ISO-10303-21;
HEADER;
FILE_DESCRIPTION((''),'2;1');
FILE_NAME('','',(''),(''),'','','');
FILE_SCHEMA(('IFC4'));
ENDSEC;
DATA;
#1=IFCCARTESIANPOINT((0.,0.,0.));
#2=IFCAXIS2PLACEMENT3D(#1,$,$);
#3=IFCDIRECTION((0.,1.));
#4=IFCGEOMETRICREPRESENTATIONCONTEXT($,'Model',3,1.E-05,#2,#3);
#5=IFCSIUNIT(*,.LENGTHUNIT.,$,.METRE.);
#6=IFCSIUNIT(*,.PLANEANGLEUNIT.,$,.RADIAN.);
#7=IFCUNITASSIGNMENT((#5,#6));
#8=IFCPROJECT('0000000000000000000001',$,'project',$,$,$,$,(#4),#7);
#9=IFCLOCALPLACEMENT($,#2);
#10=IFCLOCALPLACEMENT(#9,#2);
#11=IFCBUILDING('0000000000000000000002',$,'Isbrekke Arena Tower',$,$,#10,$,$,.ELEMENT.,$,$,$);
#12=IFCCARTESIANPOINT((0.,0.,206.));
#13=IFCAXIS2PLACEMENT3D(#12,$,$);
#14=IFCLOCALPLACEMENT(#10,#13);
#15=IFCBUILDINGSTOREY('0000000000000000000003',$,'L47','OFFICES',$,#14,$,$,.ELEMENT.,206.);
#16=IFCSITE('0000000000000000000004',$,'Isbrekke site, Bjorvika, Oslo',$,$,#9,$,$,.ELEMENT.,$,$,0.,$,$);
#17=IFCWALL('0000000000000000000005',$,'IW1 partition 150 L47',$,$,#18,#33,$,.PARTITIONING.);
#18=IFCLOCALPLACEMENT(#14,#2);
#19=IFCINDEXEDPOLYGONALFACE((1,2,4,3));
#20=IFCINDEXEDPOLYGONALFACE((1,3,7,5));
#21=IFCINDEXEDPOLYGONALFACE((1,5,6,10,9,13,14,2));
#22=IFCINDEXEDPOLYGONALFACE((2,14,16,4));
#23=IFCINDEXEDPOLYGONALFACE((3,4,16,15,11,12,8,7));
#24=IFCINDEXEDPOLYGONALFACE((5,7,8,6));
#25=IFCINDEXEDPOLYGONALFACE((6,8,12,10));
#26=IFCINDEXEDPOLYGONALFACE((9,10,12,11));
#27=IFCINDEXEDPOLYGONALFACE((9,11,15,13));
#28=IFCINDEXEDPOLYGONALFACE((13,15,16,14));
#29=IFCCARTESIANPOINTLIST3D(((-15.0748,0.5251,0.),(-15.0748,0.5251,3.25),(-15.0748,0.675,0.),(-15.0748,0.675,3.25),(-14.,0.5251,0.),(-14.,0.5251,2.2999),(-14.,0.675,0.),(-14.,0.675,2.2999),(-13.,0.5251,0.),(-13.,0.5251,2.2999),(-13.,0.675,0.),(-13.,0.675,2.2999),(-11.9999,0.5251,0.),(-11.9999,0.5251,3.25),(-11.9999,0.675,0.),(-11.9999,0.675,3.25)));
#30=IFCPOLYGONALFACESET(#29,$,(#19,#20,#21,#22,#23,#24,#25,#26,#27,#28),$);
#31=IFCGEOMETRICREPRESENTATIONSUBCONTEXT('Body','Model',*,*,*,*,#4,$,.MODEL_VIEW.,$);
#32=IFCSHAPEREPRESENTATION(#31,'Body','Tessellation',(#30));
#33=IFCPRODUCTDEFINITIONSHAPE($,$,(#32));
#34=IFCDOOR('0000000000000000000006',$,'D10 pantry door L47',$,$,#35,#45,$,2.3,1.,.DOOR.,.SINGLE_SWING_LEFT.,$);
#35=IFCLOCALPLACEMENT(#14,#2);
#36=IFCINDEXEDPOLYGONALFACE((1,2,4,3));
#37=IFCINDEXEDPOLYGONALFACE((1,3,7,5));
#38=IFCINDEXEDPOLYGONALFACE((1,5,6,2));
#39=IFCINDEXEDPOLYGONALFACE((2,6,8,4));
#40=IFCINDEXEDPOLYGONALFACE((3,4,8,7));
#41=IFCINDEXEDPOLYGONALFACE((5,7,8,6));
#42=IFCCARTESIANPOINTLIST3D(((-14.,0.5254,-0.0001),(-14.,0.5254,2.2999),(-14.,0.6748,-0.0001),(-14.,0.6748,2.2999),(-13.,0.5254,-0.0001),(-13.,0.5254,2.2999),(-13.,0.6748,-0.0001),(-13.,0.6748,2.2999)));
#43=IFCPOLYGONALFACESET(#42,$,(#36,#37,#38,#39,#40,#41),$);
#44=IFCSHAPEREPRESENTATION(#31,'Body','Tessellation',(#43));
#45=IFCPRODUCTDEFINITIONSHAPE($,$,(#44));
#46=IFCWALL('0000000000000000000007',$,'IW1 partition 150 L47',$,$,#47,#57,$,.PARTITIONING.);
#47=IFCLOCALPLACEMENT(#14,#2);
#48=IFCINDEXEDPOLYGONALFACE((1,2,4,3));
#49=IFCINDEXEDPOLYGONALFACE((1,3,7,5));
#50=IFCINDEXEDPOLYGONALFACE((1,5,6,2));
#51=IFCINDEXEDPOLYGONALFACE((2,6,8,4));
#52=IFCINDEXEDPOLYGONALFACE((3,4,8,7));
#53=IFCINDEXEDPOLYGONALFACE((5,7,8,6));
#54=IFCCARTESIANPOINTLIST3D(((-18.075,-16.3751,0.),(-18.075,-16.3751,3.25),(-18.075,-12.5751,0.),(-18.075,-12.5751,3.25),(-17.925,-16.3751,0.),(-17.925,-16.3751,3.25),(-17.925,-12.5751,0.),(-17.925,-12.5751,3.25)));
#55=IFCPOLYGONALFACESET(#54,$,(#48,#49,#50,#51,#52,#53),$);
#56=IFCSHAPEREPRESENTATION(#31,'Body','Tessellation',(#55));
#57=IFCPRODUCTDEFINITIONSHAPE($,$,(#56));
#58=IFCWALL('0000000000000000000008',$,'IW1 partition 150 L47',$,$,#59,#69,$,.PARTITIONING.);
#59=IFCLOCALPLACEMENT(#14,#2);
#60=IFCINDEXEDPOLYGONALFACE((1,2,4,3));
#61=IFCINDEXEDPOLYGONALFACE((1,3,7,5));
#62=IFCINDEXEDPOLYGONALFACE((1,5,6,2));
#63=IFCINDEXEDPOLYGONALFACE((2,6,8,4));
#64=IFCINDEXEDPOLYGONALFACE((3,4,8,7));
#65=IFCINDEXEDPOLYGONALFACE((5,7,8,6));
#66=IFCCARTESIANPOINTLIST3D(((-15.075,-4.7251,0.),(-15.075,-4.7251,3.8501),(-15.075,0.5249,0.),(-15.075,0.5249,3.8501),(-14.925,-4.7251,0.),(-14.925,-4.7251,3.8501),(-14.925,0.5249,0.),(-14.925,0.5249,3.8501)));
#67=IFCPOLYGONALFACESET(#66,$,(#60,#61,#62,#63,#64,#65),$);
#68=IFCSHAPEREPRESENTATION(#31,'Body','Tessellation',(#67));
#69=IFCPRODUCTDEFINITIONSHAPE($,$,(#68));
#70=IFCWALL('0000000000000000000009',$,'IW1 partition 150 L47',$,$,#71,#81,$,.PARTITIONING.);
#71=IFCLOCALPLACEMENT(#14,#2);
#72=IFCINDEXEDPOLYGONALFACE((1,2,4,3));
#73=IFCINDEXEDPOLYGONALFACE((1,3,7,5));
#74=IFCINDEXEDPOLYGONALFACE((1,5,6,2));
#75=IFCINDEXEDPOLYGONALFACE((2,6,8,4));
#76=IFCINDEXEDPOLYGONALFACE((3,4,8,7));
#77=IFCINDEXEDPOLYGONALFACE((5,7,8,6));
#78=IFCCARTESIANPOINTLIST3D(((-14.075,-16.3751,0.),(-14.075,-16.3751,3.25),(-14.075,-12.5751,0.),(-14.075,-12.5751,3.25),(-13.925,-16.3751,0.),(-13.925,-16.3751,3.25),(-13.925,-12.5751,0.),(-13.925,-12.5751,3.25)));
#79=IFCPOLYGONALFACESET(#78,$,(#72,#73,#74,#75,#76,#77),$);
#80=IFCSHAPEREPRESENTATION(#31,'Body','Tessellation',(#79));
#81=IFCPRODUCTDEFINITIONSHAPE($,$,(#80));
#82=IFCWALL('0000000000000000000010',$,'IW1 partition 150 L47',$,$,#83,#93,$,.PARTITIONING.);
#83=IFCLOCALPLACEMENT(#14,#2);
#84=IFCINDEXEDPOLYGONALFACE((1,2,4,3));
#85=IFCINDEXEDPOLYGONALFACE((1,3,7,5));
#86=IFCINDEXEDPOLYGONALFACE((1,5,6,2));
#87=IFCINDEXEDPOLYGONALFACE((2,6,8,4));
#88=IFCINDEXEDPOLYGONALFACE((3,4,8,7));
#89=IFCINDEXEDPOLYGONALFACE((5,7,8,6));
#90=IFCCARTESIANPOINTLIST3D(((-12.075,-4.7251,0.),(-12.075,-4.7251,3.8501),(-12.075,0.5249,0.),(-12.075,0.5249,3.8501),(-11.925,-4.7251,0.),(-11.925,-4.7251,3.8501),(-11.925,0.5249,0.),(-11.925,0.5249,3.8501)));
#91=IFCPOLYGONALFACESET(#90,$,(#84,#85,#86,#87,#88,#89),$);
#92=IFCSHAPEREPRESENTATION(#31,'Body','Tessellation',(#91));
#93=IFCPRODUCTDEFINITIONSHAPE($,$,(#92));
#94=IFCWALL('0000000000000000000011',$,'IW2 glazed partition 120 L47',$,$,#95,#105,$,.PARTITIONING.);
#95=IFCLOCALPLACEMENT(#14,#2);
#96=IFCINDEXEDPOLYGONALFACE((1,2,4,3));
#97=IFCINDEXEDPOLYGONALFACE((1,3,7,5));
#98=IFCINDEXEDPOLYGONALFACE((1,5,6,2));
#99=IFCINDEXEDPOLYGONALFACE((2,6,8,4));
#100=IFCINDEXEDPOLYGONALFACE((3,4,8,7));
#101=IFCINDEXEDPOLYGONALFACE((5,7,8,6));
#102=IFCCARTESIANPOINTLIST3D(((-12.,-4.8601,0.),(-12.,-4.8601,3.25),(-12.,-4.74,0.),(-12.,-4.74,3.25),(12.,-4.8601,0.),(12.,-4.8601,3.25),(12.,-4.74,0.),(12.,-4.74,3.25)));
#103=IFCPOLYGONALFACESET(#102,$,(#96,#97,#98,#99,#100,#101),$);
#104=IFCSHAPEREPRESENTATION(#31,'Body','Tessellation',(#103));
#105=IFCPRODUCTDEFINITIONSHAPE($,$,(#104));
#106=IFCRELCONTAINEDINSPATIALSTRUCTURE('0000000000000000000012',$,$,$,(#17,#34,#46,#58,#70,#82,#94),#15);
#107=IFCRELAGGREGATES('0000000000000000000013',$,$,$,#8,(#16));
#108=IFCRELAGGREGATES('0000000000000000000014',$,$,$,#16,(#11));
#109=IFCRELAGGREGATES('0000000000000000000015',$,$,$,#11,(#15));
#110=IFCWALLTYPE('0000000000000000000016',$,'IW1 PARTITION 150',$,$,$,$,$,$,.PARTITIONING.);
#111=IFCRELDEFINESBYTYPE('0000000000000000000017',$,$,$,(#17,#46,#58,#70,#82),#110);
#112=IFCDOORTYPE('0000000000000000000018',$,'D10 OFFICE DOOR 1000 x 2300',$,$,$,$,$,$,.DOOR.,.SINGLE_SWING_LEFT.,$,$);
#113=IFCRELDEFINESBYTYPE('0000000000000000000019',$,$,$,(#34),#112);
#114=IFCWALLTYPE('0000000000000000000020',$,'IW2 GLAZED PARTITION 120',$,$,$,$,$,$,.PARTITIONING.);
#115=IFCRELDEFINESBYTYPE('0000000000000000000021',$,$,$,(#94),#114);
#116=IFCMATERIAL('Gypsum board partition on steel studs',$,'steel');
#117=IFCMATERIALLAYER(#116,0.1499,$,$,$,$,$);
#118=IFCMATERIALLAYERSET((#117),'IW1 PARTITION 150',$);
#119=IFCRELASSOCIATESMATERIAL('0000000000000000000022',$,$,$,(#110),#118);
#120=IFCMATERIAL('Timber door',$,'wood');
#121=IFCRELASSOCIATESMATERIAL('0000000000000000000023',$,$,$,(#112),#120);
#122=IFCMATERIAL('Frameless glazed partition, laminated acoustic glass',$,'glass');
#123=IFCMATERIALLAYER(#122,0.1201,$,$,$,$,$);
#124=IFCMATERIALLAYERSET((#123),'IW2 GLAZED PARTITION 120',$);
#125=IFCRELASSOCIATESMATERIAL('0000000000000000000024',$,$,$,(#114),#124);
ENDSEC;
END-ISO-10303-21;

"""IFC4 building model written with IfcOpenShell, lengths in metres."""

from ifc_helpers import new_model, si_unit, direction, frame, frame_2d, origin, place, context, subcontext, project, spatial, rectangle, extrude, material, layer, layer_set, type_object, element, fill, save


model = new_model("IFC4")

# Units and contexts
model_context = context("Model", 3, precision=1e-05, world=origin(), true_north=direction((0.0, 1.0)))
body_context = subcontext(model_context, "Body", "Model", "MODEL_VIEW")
ifc_project = project(units=[si_unit("LENGTHUNIT", "METRE"), si_unit("PLANEANGLEUNIT", "RADIAN")], contexts=[model_context])

# Site, building, storey
site_placement = place(None, origin())
site = spatial("IfcSite", under=ifc_project, at=site_placement, Name="Isbrekke site, Bjorvika, Oslo", CompositionType="ELEMENT", RefElevation=0.0)
building_placement = place(site_placement, origin())
building = spatial("IfcBuilding", under=site, at=building_placement, Name="Isbrekke Arena Tower", CompositionType="ELEMENT")
storey_placement = place(building_placement, frame((0.0, 0.0, 206.0)))
storey = spatial("IfcBuildingStorey", under=building, at=storey_placement, Name="L47", Description="OFFICES", CompositionType="ELEMENT", Elevation=206.0)

# Shared definitions
ifc_material_1 = material(Name="Gypsum board partition on steel studs", Category="steel")
ifc_layer_1 = layer(ifc_material_1, 0.1499)
ifc_layer_set_1 = layer_set([ifc_layer_1], Name="IW1 PARTITION 150")
wall_type_1 = type_object("IfcWallType", Name="IW1 PARTITION 150", PredefinedType="PARTITIONING", material=ifc_layer_set_1)

# Wall, opening, door
wall_1_placement = place(storey_placement, frame((-15.075, 0.6001, 0.0), z_axis=(0.0, 0.0, 1.0), x_axis=(1.0, 0.0, 0.0)))
wall_1 = element("IfcWall", 1, at=wall_1_placement, inside=storey, type_object=wall_type_1, Name="IW1 partition 150 L47", PredefinedType="PARTITIONING", context=body_context, shape_type="SweptSolid", body=[
    extrude(rectangle(XDim=3.075, YDim=0.1499, at=frame_2d((1.5376, 0.0))), origin(), (0.0, 0.0, 1.0), 3.25),
])
opening_placement = place(wall_1_placement, frame((1.075, 0.0, 0.0)))
opening = element("IfcOpeningElement", 2, at=opening_placement, cuts=wall_1, PredefinedType="OPENING", context=body_context, shape_type="SweptSolid", body=[
    extrude(rectangle(XDim=1.0, YDim=2.3, at=frame_2d((0.5, 1.1499))), frame((0.0, 0.0898, 0.0), z_axis=(0.0, -1.0, 0.0), x_axis=(1.0, 0.0, 0.0)), (0.0, 0.0, 1.0), 0.1797),
])
ifc_material_2 = material(Name="Timber door", Category="wood")
door_type = type_object("IfcDoorType", Name="D10 OFFICE DOOR 1000 x 2300", OperationType="SINGLE_SWING_LEFT", PredefinedType="DOOR", material=ifc_material_2)
door_placement = place(opening_placement, origin())
door = element("IfcDoor", 3, at=door_placement, inside=storey, type_object=door_type, Name="D10 pantry door L47", OperationType="SINGLE_SWING_LEFT", OverallHeight=2.3, OverallWidth=1.0, PredefinedType="DOOR", context=body_context, shape_type="SweptSolid", body=[
    extrude(rectangle(XDim=1.0, YDim=2.3, at=frame_2d((0.5, 1.1499))), frame((0.0, 0.0747, 0.0), z_axis=(0.0, -1.0, 0.0), x_axis=(1.0, 0.0, 0.0)), (0.0, 0.0, 1.0), 0.1494),
])
fill(opening, door)

# Walls
wall_2_placement = place(storey_placement, frame((-18.0, -16.375, 0.0), z_axis=(0.0, 0.0, 1.0), x_axis=(0.0, 1.0, 0.0)))
element("IfcWall", 4, at=wall_2_placement, inside=storey, type_object=wall_type_1, Name="IW1 partition 150 L47", PredefinedType="PARTITIONING", context=body_context, shape_type="SweptSolid", body=[
    extrude(rectangle(XDim=3.8, YDim=0.1499, at=frame_2d((1.8999, 0.0))), origin(), (0.0, 0.0, 1.0), 3.25),
])
wall_3_placement = place(storey_placement, frame((-15.0, -4.7251, 0.0), z_axis=(0.0, 0.0, 1.0), x_axis=(0.0, 1.0, 0.0)))
element("IfcWall", 5, at=wall_3_placement, inside=storey, type_object=wall_type_1, Name="IW1 partition 150 L47", PredefinedType="PARTITIONING", context=body_context, shape_type="SweptSolid", body=[
    extrude(rectangle(XDim=5.25, YDim=0.1499, at=frame_2d((2.625, 0.0))), origin(), (0.0, 0.0, 1.0), 3.8501),
])
wall_4_placement = place(storey_placement, frame((-14.0, -16.375, 0.0), z_axis=(0.0, 0.0, 1.0), x_axis=(0.0, 1.0, 0.0)))
element("IfcWall", 6, at=wall_4_placement, inside=storey, type_object=wall_type_1, Name="IW1 partition 150 L47", PredefinedType="PARTITIONING", context=body_context, shape_type="SweptSolid", body=[
    extrude(rectangle(XDim=3.8, YDim=0.1499, at=frame_2d((1.8999, 0.0))), origin(), (0.0, 0.0, 1.0), 3.25),
])
wall_5_placement = place(storey_placement, frame((-12.0, -4.7251, 0.0), z_axis=(0.0, 0.0, 1.0), x_axis=(0.0, 1.0, 0.0)))
element("IfcWall", 7, at=wall_5_placement, inside=storey, type_object=wall_type_1, Name="IW1 partition 150 L47", PredefinedType="PARTITIONING", context=body_context, shape_type="SweptSolid", body=[
    extrude(rectangle(XDim=5.25, YDim=0.1499, at=frame_2d((2.625, 0.0))), origin(), (0.0, 0.0, 1.0), 3.8501),
])
ifc_material_3 = material(Name="Frameless glazed partition, laminated acoustic glass", Category="glass")
ifc_layer_2 = layer(ifc_material_3, 0.1201)
ifc_layer_set_2 = layer_set([ifc_layer_2], Name="IW2 GLAZED PARTITION 120")
wall_type_2 = type_object("IfcWallType", Name="IW2 GLAZED PARTITION 120", PredefinedType="PARTITIONING", material=ifc_layer_set_2)
wall_6_placement = place(storey_placement, frame((-12.0, -4.8, 0.0), z_axis=(0.0, 0.0, 1.0), x_axis=(1.0, 0.0, 0.0)))
element("IfcWall", 8, at=wall_6_placement, inside=storey, type_object=wall_type_2, Name="IW2 glazed partition 120 L47", PredefinedType="PARTITIONING", context=body_context, shape_type="SweptSolid", body=[
    extrude(rectangle(XDim=24.0, YDim=0.1201, at=frame_2d((12.0, 0.0))), origin(), (0.0, 0.0, 1.0), 3.25),
])

save(model, "model.ifc")
